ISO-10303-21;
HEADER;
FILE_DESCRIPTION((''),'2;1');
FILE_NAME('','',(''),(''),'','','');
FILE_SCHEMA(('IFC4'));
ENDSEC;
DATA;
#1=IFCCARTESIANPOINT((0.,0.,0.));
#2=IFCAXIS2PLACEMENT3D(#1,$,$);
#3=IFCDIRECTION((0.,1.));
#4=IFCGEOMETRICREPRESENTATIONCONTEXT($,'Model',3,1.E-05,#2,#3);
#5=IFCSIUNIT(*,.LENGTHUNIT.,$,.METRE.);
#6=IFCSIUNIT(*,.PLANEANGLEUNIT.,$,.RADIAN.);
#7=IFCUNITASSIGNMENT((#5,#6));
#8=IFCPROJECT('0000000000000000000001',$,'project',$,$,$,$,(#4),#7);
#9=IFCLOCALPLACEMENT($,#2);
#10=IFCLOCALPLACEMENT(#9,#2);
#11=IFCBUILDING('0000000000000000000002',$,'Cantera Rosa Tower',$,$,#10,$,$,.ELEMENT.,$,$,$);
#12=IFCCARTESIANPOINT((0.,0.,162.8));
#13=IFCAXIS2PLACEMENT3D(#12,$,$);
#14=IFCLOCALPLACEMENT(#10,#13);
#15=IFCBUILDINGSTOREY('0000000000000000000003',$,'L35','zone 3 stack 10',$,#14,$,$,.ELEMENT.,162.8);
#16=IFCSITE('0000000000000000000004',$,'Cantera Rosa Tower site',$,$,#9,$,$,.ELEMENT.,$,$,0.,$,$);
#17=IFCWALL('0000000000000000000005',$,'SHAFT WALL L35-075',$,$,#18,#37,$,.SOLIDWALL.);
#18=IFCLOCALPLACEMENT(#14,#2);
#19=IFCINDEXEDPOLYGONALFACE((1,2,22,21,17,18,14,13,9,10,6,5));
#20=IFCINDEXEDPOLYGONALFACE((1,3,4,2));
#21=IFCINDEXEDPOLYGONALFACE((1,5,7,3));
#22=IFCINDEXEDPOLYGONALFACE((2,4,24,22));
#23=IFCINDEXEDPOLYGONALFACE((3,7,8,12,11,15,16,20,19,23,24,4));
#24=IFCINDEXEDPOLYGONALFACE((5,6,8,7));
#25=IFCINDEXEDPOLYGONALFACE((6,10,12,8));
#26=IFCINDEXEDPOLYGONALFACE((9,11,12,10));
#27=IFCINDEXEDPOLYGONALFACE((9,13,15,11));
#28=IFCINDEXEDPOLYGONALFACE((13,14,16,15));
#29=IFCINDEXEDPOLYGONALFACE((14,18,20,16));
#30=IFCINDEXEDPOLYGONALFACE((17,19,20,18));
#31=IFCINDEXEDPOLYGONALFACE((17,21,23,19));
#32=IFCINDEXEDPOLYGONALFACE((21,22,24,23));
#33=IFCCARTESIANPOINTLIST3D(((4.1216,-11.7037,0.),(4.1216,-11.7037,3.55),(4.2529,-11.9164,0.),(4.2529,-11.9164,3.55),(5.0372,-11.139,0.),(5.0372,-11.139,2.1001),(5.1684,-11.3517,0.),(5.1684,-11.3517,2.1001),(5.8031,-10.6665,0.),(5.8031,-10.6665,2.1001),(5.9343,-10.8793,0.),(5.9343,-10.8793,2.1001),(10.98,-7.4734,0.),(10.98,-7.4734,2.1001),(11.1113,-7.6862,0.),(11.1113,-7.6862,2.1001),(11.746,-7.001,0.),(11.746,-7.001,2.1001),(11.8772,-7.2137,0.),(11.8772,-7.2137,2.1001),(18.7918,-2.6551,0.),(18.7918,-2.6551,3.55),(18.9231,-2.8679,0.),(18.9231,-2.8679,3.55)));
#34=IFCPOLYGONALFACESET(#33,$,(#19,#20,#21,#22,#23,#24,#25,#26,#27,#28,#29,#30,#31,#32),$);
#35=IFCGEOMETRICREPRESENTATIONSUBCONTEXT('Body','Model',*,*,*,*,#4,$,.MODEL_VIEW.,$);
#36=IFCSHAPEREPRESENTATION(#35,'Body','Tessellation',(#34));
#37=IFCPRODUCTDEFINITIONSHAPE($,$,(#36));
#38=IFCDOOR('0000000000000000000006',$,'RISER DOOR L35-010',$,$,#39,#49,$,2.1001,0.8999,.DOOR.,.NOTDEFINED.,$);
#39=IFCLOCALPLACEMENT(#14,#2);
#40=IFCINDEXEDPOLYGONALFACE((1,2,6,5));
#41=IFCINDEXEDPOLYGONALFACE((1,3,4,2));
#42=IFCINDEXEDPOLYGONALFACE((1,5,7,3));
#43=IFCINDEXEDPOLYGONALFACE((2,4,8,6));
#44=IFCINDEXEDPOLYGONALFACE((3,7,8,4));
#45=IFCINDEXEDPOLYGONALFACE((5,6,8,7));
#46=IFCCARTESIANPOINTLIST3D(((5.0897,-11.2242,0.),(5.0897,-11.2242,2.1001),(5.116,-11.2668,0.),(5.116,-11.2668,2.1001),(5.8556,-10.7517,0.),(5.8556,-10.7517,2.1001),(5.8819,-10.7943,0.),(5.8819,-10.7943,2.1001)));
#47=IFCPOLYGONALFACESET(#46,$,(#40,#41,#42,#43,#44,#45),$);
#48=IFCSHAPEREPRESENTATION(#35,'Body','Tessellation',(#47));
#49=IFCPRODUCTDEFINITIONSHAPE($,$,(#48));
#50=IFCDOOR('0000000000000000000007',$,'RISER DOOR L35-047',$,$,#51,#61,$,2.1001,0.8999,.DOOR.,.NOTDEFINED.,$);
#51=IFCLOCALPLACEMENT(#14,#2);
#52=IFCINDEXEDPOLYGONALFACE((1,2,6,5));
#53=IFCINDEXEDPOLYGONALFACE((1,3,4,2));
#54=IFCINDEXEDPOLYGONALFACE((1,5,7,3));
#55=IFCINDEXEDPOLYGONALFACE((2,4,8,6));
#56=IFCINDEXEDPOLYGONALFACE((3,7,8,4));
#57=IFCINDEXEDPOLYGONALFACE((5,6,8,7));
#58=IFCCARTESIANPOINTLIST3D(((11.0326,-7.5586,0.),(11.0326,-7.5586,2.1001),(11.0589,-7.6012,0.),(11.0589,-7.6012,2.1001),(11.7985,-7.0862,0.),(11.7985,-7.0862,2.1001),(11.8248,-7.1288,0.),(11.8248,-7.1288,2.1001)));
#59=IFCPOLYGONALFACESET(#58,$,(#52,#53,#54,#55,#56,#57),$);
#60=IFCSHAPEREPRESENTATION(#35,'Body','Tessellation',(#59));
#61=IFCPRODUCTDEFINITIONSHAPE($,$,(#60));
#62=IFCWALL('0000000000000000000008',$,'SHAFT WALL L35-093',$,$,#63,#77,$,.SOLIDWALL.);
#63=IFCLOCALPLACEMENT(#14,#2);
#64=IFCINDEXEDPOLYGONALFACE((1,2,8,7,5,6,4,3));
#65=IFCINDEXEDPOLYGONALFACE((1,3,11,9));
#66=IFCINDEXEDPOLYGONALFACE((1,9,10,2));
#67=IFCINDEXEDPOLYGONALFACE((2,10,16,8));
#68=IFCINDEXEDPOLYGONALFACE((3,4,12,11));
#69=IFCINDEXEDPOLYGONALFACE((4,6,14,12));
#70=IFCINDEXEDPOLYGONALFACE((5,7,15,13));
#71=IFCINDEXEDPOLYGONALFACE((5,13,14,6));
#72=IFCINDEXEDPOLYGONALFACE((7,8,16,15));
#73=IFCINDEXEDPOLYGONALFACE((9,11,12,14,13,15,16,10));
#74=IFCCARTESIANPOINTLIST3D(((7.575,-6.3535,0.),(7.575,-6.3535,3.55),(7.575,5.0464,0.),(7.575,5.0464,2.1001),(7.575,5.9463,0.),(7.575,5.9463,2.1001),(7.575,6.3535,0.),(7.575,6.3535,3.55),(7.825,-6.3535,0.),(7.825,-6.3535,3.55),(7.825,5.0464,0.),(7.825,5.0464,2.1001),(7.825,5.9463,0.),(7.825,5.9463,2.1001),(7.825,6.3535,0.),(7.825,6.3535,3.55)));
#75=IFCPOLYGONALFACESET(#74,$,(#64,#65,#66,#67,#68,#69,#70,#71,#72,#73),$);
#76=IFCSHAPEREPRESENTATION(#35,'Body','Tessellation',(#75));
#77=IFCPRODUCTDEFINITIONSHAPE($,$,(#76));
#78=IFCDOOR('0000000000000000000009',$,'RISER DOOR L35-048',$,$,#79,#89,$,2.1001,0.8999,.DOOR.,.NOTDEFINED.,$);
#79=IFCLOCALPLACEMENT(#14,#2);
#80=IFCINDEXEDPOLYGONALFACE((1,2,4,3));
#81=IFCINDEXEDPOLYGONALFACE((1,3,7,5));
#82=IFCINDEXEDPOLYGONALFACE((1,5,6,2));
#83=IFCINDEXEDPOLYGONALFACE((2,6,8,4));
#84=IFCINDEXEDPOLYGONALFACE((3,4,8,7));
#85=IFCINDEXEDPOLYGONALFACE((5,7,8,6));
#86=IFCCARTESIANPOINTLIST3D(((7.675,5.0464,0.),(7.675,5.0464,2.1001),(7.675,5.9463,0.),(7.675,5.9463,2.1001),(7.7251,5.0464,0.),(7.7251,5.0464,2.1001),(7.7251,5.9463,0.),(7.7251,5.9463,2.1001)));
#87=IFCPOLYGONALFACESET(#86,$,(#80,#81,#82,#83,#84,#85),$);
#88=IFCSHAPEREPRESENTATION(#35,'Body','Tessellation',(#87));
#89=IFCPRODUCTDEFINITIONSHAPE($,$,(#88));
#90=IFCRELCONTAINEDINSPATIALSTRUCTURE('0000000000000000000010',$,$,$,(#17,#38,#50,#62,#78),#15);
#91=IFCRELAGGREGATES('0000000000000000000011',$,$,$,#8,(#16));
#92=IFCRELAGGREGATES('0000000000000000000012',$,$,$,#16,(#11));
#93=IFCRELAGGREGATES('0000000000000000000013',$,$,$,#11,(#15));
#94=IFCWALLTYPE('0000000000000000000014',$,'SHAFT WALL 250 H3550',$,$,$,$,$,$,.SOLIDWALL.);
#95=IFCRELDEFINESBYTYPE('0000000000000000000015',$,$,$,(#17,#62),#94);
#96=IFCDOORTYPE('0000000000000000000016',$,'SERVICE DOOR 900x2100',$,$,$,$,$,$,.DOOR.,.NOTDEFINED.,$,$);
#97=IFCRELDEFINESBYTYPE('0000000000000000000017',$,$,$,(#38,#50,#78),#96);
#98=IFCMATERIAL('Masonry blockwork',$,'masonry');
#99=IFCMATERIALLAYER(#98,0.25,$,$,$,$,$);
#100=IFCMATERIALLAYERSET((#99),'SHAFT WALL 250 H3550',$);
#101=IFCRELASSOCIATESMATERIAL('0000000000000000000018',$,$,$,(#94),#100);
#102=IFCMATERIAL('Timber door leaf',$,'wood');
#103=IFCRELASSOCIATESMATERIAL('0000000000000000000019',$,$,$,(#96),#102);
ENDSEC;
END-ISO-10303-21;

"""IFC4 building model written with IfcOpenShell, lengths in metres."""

from ifc_helpers import new_model, si_unit, direction, frame, frame_2d, origin, place, context, subcontext, project, spatial, rectangle, extrude, material, layer, layer_set, type_object, element, fill, save


model = new_model("IFC4")

# Units and contexts
model_context = context("Model", 3, precision=1e-05, world=origin(), true_north=direction((0.0, 1.0)))
body_context = subcontext(model_context, "Body", "Model", "MODEL_VIEW")
ifc_project = project(units=[si_unit("LENGTHUNIT", "METRE"), si_unit("PLANEANGLEUNIT", "RADIAN")], contexts=[model_context])

# Site, building, storey
site_placement = place(None, origin())
site = spatial("IfcSite", under=ifc_project, at=site_placement, Name="Cantera Rosa Tower site", CompositionType="ELEMENT", RefElevation=0.0)
building_placement = place(site_placement, origin())
building = spatial("IfcBuilding", under=site, at=building_placement, Name="Cantera Rosa Tower", CompositionType="ELEMENT")
storey_placement = place(building_placement, frame((0.0, 0.0, 162.8)))
storey = spatial("IfcBuildingStorey", under=building, at=storey_placement, Name="L35", Description="zone 3 stack 10", CompositionType="ELEMENT", Elevation=162.8)

# Shared definitions
ifc_material_1 = material(Name="Masonry blockwork", Category="masonry")
ifc_layer_1 = layer(ifc_material_1, 0.25)
ifc_layer_set_1 = layer_set([ifc_layer_1], Name="SHAFT WALL 250 H3550")
wall_type_1 = type_object("IfcWallType", Name="SHAFT WALL 250 H3550", PredefinedType="SOLIDWALL", material=ifc_layer_set_1)

# Wall, openings, doors
wall_1_placement = place(storey_placement, frame((4.1873, -11.8101, 0.0), z_axis=(0.0, 0.0, 1.0), x_axis=(0.85112, 0.524972, 0.0)))
wall_1 = element("IfcWall", 1, at=wall_1_placement, inside=storey, type_object=wall_type_1, Name="SHAFT WALL L35-075", PredefinedType="SOLIDWALL", context=body_context, shape_type="SweptSolid", body=[
    extrude(rectangle(XDim=17.2363, YDim=0.25, at=frame_2d((8.6182, 0.0))), origin(), (0.0, 0.0, 1.0), 3.55),
])
opening_1_placement = place(wall_1_placement, frame((1.0757, 0.0, 0.0)))
opening_1 = element("IfcOpeningElement", 2, at=opening_1_placement, cuts=wall_1, PredefinedType="OPENING", context=body_context, shape_type="SweptSolid", body=[
    extrude(rectangle(XDim=0.8999, YDim=2.1001, at=frame_2d((0.45, 1.05))), frame((0.0, 0.135, 0.0), z_axis=(0.0, -1.0, 0.0), x_axis=(1.0, 0.0, 0.0)), (0.0, 0.0, 1.0), 0.27),
])
opening_2_placement = place(wall_1_placement, frame((8.0581, 0.0, 0.0)))
opening_2 = element("IfcOpeningElement", 3, at=opening_2_placement, cuts=wall_1, PredefinedType="OPENING", context=body_context, shape_type="SweptSolid", body=[
    extrude(rectangle(XDim=0.8999, YDim=2.1001, at=frame_2d((0.45, 1.05))), frame((0.0, 0.135, 0.0), z_axis=(0.0, -1.0, 0.0), x_axis=(1.0, 0.0, 0.0)), (0.0, 0.0, 1.0), 0.27),
])
ifc_material_2 = material(Name="Timber door leaf", Category="wood")
door_type_1 = type_object("IfcDoorType", Name="SERVICE DOOR 900x2100", OperationType="NOTDEFINED", PredefinedType="DOOR", material=ifc_material_2)
door_1_placement = place(opening_1_placement, origin())
door_1 = element("IfcDoor", 4, at=door_1_placement, inside=storey, type_object=door_type_1, Name="RISER DOOR L35-010", OperationType="NOTDEFINED", OverallHeight=2.1001, OverallWidth=0.8999, PredefinedType="DOOR", context=body_context, shape_type="SweptSolid", body=[
    extrude(rectangle(XDim=0.8999, YDim=2.1001, at=frame_2d((0.45, 1.05))), frame((0.0, 0.0249, 0.0), z_axis=(0.0, -1.0, 0.0), x_axis=(1.0, 0.0, 0.0)), (0.0, 0.0, 1.0), 0.05),
])
fill(opening_1, door_1)
door_2_placement = place(opening_2_placement, origin())
door_2 = element("IfcDoor", 5, at=door_2_placement, inside=storey, type_object=door_type_1, Name="RISER DOOR L35-047", OperationType="NOTDEFINED", OverallHeight=2.1001, OverallWidth=0.8999, PredefinedType="DOOR", context=body_context, shape_type="SweptSolid", body=[
    extrude(rectangle(XDim=0.8999, YDim=2.1001, at=frame_2d((0.45, 1.05))), frame((0.0, 0.0249, 0.0), z_axis=(0.0, -1.0, 0.0), x_axis=(1.0, 0.0, 0.0)), (0.0, 0.0, 1.0), 0.05),
])
fill(opening_2, door_2)

# Wall, opening, door
wall_2_placement = place(storey_placement, frame((7.7, -6.3535, 0.0), z_axis=(0.0, 0.0, 1.0), x_axis=(0.0, 1.0, 0.0)))
wall_2 = element("IfcWall", 6, at=wall_2_placement, inside=storey, type_object=wall_type_1, Name="SHAFT WALL L35-093", PredefinedType="SOLIDWALL", context=body_context, shape_type="SweptSolid", body=[
    extrude(rectangle(XDim=12.707, YDim=0.25, at=frame_2d((6.3535, 0.0))), origin(), (0.0, 0.0, 1.0), 3.55),
])
opening_3_placement = place(wall_2_placement, frame((11.3999, 0.0, 0.0)))
opening_3 = element("IfcOpeningElement", 7, at=opening_3_placement, cuts=wall_2, PredefinedType="OPENING", context=body_context, shape_type="SweptSolid", body=[
    extrude(rectangle(XDim=0.8999, YDim=2.1001, at=frame_2d((0.45, 1.05))), frame((0.0, 0.135, 0.0), z_axis=(0.0, -1.0, 0.0), x_axis=(1.0, 0.0, 0.0)), (0.0, 0.0, 1.0), 0.27),
])
door_3_placement = place(opening_3_placement, origin())
door_3 = element("IfcDoor", 8, at=door_3_placement, inside=storey, type_object=door_type_1, Name="RISER DOOR L35-048", OperationType="NOTDEFINED", OverallHeight=2.1001, OverallWidth=0.8999, PredefinedType="DOOR", context=body_context, shape_type="SweptSolid", body=[
    extrude(rectangle(XDim=0.8999, YDim=2.1001, at=frame_2d((0.45, 1.05))), frame((0.0, 0.0249, 0.0), z_axis=(0.0, -1.0, 0.0), x_axis=(1.0, 0.0, 0.0)), (0.0, 0.0, 1.0), 0.05),
])
fill(opening_3, door_3)

save(model, "model.ifc")
